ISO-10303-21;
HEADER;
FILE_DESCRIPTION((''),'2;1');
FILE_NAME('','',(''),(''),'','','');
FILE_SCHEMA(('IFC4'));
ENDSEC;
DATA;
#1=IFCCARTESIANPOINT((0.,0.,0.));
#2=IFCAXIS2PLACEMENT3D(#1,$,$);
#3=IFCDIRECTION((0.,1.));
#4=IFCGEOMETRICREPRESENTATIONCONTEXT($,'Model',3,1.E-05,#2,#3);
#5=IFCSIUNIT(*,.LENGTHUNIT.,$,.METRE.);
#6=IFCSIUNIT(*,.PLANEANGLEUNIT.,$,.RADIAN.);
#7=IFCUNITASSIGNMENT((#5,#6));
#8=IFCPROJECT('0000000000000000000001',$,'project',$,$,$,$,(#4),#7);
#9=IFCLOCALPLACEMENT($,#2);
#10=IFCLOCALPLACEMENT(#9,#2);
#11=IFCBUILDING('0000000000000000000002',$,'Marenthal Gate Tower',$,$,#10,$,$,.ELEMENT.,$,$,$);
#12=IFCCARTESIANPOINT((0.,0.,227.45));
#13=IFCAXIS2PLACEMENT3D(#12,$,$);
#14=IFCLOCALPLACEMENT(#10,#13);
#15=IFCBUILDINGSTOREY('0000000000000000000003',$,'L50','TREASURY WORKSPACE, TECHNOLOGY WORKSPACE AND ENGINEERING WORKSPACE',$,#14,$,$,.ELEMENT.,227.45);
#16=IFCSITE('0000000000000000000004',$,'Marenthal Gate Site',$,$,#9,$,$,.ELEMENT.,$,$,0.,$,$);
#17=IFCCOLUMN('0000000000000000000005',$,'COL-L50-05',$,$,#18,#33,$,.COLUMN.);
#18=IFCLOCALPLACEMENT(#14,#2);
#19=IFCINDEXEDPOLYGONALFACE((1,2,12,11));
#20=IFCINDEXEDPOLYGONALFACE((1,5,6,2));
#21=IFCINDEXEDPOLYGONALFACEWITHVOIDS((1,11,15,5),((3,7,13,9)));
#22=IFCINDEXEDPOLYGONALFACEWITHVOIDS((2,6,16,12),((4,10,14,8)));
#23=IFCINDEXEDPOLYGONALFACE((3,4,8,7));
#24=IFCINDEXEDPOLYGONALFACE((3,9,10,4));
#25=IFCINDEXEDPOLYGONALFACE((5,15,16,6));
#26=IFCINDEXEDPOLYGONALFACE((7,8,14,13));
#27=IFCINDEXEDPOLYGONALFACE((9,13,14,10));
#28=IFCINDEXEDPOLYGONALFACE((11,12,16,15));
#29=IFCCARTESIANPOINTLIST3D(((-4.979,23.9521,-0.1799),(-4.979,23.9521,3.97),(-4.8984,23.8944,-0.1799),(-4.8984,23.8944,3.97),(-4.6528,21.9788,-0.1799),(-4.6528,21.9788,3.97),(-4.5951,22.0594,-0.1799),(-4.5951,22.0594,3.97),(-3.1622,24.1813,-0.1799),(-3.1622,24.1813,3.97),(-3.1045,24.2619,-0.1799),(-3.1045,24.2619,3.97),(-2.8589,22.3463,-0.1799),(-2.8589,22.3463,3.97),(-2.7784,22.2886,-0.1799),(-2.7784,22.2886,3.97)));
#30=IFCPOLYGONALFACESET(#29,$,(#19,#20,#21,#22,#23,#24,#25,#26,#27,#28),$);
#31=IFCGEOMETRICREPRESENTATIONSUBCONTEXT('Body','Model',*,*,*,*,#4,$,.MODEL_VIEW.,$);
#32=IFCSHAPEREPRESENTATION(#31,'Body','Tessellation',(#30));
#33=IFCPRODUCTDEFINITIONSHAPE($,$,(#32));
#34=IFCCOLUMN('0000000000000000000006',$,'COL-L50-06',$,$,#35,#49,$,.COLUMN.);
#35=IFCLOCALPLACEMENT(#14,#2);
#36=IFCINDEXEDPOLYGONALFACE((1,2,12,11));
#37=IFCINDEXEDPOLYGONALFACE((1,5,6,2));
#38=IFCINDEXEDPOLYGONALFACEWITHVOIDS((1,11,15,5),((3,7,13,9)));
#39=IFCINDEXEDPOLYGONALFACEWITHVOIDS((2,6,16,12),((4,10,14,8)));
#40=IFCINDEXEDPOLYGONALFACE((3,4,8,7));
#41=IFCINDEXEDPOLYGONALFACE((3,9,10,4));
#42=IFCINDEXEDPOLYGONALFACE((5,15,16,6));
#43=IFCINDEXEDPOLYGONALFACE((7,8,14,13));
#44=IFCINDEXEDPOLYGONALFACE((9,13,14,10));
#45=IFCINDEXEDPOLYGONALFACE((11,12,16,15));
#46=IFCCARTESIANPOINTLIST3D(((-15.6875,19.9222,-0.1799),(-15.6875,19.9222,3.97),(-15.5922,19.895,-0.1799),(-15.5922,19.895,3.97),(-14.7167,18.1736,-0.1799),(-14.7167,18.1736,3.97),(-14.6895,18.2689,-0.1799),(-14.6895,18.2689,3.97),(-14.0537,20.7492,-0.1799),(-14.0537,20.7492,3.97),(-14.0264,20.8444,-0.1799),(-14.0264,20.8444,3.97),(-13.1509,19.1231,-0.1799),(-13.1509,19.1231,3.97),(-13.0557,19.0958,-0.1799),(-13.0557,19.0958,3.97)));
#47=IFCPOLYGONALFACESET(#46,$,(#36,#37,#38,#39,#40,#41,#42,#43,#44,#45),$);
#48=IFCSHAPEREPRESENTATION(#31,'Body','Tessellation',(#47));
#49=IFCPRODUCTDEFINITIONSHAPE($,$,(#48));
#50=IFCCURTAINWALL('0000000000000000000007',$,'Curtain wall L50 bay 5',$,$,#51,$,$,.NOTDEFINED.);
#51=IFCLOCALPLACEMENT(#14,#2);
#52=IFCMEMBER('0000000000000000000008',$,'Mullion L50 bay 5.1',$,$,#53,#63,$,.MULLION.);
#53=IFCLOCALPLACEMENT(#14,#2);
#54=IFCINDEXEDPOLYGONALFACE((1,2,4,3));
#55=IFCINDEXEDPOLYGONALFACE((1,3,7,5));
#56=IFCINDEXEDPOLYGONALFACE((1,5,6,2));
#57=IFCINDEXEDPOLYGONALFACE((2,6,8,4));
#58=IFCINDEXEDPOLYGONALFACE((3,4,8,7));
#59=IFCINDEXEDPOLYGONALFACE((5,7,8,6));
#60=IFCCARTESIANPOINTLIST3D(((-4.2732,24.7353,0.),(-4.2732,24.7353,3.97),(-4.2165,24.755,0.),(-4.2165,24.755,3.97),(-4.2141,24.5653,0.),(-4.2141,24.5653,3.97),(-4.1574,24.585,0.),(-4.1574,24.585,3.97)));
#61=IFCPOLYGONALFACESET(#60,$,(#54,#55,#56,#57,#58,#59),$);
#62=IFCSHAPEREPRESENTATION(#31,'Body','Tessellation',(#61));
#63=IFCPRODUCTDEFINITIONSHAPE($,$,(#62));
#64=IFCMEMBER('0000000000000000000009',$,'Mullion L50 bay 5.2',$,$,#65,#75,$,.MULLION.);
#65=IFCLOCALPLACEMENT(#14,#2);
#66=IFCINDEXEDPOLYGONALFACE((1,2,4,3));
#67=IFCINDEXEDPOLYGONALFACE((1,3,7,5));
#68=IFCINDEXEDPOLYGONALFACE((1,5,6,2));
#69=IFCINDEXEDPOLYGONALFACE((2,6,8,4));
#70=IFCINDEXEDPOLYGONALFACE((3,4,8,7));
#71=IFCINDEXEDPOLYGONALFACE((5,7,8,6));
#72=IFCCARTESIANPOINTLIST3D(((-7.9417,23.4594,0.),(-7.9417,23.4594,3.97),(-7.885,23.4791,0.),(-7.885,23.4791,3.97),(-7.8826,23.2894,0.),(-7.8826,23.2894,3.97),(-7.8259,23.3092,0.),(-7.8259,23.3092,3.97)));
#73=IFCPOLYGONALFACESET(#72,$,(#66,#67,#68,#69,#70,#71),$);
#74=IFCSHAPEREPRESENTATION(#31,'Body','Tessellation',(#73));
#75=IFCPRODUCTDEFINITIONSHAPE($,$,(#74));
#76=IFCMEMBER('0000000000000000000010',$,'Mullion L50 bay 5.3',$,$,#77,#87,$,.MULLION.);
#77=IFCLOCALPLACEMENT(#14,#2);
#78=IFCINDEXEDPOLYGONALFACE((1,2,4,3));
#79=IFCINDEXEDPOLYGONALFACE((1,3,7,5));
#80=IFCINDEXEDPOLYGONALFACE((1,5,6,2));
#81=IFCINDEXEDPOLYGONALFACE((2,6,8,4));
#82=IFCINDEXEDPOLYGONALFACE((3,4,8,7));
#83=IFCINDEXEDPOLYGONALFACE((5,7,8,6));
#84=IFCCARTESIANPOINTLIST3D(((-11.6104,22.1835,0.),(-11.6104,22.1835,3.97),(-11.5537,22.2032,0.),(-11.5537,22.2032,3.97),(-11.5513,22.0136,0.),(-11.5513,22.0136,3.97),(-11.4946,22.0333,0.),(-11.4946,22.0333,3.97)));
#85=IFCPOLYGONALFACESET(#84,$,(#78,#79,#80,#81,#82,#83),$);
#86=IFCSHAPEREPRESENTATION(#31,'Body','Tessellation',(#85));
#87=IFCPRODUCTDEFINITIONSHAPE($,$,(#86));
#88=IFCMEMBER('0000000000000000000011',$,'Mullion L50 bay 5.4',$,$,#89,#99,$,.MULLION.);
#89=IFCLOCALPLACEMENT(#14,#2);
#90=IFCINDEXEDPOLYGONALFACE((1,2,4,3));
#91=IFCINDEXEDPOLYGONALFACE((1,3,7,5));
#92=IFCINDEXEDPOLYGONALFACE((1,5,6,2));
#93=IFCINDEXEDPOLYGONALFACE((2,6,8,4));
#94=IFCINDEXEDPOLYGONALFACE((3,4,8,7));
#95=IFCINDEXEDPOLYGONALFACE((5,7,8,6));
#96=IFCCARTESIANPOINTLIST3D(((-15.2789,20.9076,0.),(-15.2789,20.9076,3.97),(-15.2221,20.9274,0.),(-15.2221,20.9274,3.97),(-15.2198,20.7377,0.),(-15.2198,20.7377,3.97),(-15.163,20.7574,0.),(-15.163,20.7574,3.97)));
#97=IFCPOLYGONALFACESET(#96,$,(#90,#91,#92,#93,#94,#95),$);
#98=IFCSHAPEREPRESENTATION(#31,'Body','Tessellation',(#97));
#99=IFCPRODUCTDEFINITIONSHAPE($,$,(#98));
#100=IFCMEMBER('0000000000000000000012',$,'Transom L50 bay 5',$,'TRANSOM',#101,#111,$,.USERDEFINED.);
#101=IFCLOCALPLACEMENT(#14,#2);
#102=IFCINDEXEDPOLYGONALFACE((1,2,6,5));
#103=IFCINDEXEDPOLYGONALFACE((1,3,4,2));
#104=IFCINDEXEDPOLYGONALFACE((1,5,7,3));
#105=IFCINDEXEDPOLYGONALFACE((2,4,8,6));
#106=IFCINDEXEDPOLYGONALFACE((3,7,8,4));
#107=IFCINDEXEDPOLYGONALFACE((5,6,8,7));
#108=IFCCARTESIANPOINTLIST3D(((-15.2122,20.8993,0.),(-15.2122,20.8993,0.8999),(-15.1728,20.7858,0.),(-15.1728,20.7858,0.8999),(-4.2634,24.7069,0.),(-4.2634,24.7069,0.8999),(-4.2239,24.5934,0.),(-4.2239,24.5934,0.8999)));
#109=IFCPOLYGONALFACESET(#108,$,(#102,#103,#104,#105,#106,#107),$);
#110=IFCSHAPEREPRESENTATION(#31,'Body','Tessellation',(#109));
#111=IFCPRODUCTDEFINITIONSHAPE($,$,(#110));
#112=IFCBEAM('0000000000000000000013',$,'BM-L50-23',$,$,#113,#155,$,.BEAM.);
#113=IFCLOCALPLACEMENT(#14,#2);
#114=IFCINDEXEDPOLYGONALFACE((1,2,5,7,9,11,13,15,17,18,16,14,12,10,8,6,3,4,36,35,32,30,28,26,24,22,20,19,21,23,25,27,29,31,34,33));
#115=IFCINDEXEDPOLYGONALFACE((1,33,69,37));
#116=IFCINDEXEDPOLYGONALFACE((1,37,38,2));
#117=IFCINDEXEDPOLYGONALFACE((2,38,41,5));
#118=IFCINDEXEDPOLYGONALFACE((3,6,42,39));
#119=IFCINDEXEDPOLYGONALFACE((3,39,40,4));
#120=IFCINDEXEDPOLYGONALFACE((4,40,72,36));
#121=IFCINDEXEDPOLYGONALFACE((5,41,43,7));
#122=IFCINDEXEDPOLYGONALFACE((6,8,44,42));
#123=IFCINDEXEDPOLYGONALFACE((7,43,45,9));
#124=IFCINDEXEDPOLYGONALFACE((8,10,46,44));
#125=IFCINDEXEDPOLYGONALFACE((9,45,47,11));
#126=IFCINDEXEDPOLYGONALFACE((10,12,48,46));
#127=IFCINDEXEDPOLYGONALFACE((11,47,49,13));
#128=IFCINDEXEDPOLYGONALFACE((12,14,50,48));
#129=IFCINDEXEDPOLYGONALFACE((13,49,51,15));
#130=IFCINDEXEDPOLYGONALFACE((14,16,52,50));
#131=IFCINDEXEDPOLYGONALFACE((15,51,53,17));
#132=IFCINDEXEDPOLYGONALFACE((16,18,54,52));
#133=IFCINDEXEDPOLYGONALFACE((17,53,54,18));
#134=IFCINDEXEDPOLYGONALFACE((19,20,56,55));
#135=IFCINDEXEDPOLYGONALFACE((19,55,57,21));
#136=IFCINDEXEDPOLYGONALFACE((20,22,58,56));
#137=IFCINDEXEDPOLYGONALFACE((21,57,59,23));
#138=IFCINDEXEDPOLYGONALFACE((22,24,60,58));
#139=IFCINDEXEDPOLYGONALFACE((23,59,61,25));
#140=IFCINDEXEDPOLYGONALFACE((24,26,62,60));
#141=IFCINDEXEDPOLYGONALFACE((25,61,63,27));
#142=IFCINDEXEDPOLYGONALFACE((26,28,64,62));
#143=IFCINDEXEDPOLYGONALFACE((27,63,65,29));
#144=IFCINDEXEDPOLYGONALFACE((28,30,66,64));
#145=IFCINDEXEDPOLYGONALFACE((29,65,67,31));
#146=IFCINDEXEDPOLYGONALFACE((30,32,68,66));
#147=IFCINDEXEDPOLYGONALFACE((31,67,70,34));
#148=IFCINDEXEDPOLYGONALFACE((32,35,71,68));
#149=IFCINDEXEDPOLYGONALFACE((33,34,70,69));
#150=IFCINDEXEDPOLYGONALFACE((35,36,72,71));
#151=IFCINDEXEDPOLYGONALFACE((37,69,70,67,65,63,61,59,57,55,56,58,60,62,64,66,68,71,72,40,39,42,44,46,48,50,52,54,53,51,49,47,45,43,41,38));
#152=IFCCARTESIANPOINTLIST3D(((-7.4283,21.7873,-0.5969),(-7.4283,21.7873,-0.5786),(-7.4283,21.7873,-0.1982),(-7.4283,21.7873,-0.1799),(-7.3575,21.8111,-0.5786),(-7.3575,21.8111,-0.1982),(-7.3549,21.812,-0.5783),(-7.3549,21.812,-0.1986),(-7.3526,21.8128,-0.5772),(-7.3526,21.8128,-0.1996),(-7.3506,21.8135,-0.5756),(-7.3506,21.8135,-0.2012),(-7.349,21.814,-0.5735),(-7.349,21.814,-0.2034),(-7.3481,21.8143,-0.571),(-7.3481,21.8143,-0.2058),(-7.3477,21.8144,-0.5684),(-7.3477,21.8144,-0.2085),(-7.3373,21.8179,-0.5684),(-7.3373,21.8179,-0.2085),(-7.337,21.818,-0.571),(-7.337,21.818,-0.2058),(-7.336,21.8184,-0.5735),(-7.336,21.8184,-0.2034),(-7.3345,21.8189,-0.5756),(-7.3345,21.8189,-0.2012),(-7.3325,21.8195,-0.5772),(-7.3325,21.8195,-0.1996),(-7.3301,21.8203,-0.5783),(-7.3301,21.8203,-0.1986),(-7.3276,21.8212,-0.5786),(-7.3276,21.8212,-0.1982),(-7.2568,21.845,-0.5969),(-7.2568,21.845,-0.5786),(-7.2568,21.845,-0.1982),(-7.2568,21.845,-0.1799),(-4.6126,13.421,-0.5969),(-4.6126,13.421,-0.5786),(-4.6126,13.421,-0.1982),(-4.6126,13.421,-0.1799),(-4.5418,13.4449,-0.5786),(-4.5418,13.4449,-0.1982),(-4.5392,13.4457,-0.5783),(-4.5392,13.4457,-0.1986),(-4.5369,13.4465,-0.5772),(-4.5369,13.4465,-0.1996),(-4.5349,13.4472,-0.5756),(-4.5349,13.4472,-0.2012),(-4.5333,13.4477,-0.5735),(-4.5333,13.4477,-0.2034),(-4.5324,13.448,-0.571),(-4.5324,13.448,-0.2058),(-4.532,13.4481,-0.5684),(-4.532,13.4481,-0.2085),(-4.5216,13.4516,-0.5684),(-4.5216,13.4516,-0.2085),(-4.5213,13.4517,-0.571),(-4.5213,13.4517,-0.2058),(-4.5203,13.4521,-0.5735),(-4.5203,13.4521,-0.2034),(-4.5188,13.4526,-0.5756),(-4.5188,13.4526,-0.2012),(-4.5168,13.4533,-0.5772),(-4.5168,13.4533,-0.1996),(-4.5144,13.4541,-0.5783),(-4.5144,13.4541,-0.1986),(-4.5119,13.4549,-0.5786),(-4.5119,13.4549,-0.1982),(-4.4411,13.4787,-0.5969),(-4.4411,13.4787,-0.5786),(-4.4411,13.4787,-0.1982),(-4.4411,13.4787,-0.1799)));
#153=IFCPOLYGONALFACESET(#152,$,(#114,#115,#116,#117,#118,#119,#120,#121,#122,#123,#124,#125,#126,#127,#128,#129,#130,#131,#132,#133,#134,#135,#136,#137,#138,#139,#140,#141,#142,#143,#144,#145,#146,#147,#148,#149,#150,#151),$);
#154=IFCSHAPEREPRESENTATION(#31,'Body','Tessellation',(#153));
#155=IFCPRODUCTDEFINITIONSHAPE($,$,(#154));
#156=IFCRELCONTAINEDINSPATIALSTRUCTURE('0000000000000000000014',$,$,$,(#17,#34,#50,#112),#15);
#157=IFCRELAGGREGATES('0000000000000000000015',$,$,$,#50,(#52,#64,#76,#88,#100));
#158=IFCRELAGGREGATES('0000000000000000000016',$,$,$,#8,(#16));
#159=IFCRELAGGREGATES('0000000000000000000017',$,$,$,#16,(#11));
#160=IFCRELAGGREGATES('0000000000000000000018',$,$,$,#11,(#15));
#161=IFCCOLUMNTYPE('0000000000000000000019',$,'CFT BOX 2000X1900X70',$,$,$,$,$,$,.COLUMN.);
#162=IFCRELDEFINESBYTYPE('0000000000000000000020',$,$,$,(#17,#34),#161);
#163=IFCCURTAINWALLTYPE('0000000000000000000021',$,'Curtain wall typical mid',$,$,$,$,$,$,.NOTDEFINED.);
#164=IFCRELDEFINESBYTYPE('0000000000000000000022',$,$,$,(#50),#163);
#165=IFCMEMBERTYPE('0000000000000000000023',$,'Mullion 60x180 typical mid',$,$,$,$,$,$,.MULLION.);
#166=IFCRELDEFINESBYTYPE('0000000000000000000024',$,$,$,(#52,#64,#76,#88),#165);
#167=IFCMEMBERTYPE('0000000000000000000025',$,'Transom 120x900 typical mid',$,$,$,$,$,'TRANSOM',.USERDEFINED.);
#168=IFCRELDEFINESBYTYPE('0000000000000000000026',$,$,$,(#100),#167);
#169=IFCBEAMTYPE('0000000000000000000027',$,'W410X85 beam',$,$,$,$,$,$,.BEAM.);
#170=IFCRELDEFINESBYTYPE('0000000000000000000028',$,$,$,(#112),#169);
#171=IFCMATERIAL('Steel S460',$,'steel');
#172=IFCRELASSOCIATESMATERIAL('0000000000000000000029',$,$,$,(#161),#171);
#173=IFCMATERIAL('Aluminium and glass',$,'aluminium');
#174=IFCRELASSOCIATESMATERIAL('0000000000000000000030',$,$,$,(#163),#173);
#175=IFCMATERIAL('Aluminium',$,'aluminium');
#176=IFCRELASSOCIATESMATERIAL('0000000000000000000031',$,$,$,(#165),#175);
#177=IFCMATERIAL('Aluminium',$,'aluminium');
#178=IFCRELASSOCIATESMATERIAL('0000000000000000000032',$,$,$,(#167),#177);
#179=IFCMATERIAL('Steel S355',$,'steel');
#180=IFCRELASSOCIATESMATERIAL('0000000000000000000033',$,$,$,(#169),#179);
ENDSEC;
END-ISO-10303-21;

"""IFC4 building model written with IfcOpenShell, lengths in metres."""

from ifc_helpers import new_model, si_unit, direction, frame, origin, origin_2d, place, context, subcontext, project, spatial, rectangle, hollow_rectangle, i_section, extrude, material, material_profile, profile_set, type_object, element, aggregate, save


model = new_model("IFC4")

# Units and contexts
model_context = context("Model", 3, precision=1e-05, world=origin(), true_north=direction((0.0, 1.0)))
body_context = subcontext(model_context, "Body", "Model", "MODEL_VIEW")
ifc_project = project(units=[si_unit("LENGTHUNIT", "METRE"), si_unit("PLANEANGLEUNIT", "RADIAN")], contexts=[model_context])

# Site, building, storey
site_placement = place(None, origin())
site = spatial("IfcSite", under=ifc_project, at=site_placement, Name="Marenthal Gate Site", CompositionType="ELEMENT", RefElevation=0.0)
building_placement = place(site_placement, origin())
building = spatial("IfcBuilding", under=site, at=building_placement, Name="Marenthal Gate Tower", CompositionType="ELEMENT")
storey_placement = place(building_placement, frame((0.0, 0.0, 227.45)))
storey = spatial("IfcBuildingStorey", under=building, at=storey_placement, Name="L50", Description="TREASURY WORKSPACE, TECHNOLOGY WORKSPACE AND ENGINEERING WORKSPACE", CompositionType="ELEMENT", Elevation=227.45)

# Columns
ifc_material_1 = material(Name="Steel S460", Category="steel")
ifc_material_profile_1 = material_profile(ifc_material_1, hollow_rectangle(XDim=1.8999, YDim=2.0, WallThickness=0.0701, at=origin_2d()), Name="CFT BOX 2000X1900X70")
ifc_material_2 = material(Name="Concrete 70 MPa", Category="concrete")
ifc_material_profile_2 = material_profile(ifc_material_2, rectangle(XDim=1.76, YDim=1.8601, at=origin_2d()), Name="CFT BOX 2000X1900X70 INFILL")
ifc_profile_set_1 = profile_set([ifc_material_profile_1, ifc_material_profile_2], Name="Steel S460 shell, Concrete 70 MPa infill")
column_type = type_object("IfcColumnType", Name="CFT BOX 2000X1900X70", PredefinedType="COLUMN", material=ifc_profile_set_1)
for number, where, z_axis, x_axis, name in (
    (1, (-3.8787, 23.1204, -0.1799), (0.0, 0.0, 1.0), (0.986616, 0.163059, 0.0), "COL-L50-05"),
    (2, (-14.3716, 19.509, -0.1799), (0.0, 0.0, 1.0), (0.874301, 0.485385, 0.0), "COL-L50-06"),
):
    element("IfcColumn", number, at=place(storey_placement, frame(where, z_axis=z_axis, x_axis=x_axis)), inside=storey, type_object=column_type, Name=name, PredefinedType="COLUMN", context=body_context, shape_type="SweptSolid", body=[
        extrude(hollow_rectangle(XDim=1.8999, YDim=2.0, WallThickness=0.0701, at=origin_2d()), origin(), (0.0, 0.0, 1.0), 4.1499),
    ])

# Curtain wall, members
ifc_material_3 = material(Name="Aluminium and glass", Category="aluminium")
curtain_wall_type = type_object("IfcCurtainWallType", Name="Curtain wall typical mid", PredefinedType="NOTDEFINED", material=ifc_material_3)
curtain_wall_placement = place(storey_placement, origin())
curtain_wall = element("IfcCurtainWall", 3, at=curtain_wall_placement, inside=storey, type_object=curtain_wall_type, Name="Curtain wall L50 bay 5", PredefinedType="NOTDEFINED")
ifc_material_4 = material(Name="Aluminium", Category="aluminium")
ifc_material_profile_3 = material_profile(ifc_material_4, rectangle(XDim=0.1799, YDim=0.0601, at=origin_2d()), Name="60x180 aluminium mullion")
ifc_profile_set_2 = profile_set([ifc_material_profile_3], Name="Aluminium")
member_type_1 = type_object("IfcMemberType", Name="Mullion 60x180 typical mid", PredefinedType="MULLION", material=ifc_profile_set_2)
member_1_placement = place(storey_placement, frame((-4.2153, 24.6602, 0.0), z_axis=(0.0, 0.0, 1.0), x_axis=(0.328468, -0.944515, 0.0)))
member_1 = element("IfcMember", 4, at=member_1_placement, type_object=member_type_1, Name="Mullion L50 bay 5.1", PredefinedType="MULLION", context=body_context, shape_type="SweptSolid", body=[
    extrude(rectangle(XDim=0.1799, YDim=0.0601, at=origin_2d()), origin(), (0.0, 0.0, 1.0), 3.97),
])
member_2_placement = place(storey_placement, frame((-7.8838, 23.3843, 0.0), z_axis=(0.0, 0.0, 1.0), x_axis=(0.328468, -0.944515, 0.0)))
member_2 = element("IfcMember", 5, at=member_2_placement, type_object=member_type_1, Name="Mullion L50 bay 5.2", PredefinedType="MULLION", context=body_context, shape_type="SweptSolid", body=[
    extrude(rectangle(XDim=0.1799, YDim=0.0601, at=origin_2d()), origin(), (0.0, 0.0, 1.0), 3.97),
])
member_3_placement = place(storey_placement, frame((-11.5525, 22.1084, 0.0), z_axis=(0.0, 0.0, 1.0), x_axis=(0.328468, -0.944515, 0.0)))
member_3 = element("IfcMember", 6, at=member_3_placement, type_object=member_type_1, Name="Mullion L50 bay 5.3", PredefinedType="MULLION", context=body_context, shape_type="SweptSolid", body=[
    extrude(rectangle(XDim=0.1799, YDim=0.0601, at=origin_2d()), origin(), (0.0, 0.0, 1.0), 3.97),
])
member_4_placement = place(storey_placement, frame((-15.2209, 20.8325, 0.0), z_axis=(0.0, 0.0, 1.0), x_axis=(0.328468, -0.944515, 0.0)))
member_4 = element("IfcMember", 7, at=member_4_placement, type_object=member_type_1, Name="Mullion L50 bay 5.4", PredefinedType="MULLION", context=body_context, shape_type="SweptSolid", body=[
    extrude(rectangle(XDim=0.1799, YDim=0.0601, at=origin_2d()), origin(), (0.0, 0.0, 1.0), 3.97),
])
ifc_material_5 = material(Name="Aluminium", Category="aluminium")
ifc_material_profile_4 = material_profile(ifc_material_5, rectangle(XDim=0.1201, YDim=0.8999, at=origin_2d()), Name="120x900 aluminium transom")
ifc_profile_set_3 = profile_set([ifc_material_profile_4], Name="Aluminium")
member_type_2 = type_object("IfcMemberType", Name="Transom 120x900 typical mid", ElementType="TRANSOM", PredefinedType="USERDEFINED", material=ifc_profile_set_3)
member_5_placement = place(storey_placement, frame((-4.2437, 24.6501, 0.45), z_axis=(-0.944516, -0.328465, 0.0), x_axis=(0.328465, -0.944516, 0.0)))
member_5 = element("IfcMember", 8, at=member_5_placement, type_object=member_type_2, Name="Transom L50 bay 5", ObjectType="TRANSOM", PredefinedType="USERDEFINED", context=body_context, shape_type="SweptSolid", body=[
    extrude(rectangle(XDim=0.1201, YDim=0.8999, at=origin_2d()), origin(), (0.0, 0.0, 1.0), 11.592),
])

# Beam
ifc_material_6 = material(Name="Steel S355", Category="steel")
ifc_material_profile_5 = material_profile(ifc_material_6, i_section(OverallWidth=0.1809, OverallDepth=0.417, WebThickness=0.011, FlangeThickness=0.0183, FilletRadius=0.0103, at=origin_2d()), Name="W410X85")
ifc_profile_set_4 = profile_set([ifc_material_profile_5], Name="Steel S355")
beam_type_1 = type_object("IfcBeamType", Name="W410X85 beam", PredefinedType="BEAM", material=ifc_profile_set_4)
beam_1_placement = place(storey_placement, frame((-7.3425, 21.8162, -0.3884), z_axis=(0.318973, -0.947764, 0.0), x_axis=(0.947764, 0.318973, 0.0)))
element("IfcBeam", 9, at=beam_1_placement, inside=storey, type_object=beam_type_1, Name="BM-L50-23", PredefinedType="BEAM", context=body_context, shape_type="SweptSolid", body=[
    extrude(i_section(OverallWidth=0.1809, OverallDepth=0.417, WebThickness=0.011, FlangeThickness=0.0183, FilletRadius=0.0103, at=origin_2d()), origin(), (0.0, 0.0, 1.0), 8.8274),
])

aggregate(curtain_wall, [member_1, member_2, member_3, member_4, member_5])

save(model, "model.ifc")
